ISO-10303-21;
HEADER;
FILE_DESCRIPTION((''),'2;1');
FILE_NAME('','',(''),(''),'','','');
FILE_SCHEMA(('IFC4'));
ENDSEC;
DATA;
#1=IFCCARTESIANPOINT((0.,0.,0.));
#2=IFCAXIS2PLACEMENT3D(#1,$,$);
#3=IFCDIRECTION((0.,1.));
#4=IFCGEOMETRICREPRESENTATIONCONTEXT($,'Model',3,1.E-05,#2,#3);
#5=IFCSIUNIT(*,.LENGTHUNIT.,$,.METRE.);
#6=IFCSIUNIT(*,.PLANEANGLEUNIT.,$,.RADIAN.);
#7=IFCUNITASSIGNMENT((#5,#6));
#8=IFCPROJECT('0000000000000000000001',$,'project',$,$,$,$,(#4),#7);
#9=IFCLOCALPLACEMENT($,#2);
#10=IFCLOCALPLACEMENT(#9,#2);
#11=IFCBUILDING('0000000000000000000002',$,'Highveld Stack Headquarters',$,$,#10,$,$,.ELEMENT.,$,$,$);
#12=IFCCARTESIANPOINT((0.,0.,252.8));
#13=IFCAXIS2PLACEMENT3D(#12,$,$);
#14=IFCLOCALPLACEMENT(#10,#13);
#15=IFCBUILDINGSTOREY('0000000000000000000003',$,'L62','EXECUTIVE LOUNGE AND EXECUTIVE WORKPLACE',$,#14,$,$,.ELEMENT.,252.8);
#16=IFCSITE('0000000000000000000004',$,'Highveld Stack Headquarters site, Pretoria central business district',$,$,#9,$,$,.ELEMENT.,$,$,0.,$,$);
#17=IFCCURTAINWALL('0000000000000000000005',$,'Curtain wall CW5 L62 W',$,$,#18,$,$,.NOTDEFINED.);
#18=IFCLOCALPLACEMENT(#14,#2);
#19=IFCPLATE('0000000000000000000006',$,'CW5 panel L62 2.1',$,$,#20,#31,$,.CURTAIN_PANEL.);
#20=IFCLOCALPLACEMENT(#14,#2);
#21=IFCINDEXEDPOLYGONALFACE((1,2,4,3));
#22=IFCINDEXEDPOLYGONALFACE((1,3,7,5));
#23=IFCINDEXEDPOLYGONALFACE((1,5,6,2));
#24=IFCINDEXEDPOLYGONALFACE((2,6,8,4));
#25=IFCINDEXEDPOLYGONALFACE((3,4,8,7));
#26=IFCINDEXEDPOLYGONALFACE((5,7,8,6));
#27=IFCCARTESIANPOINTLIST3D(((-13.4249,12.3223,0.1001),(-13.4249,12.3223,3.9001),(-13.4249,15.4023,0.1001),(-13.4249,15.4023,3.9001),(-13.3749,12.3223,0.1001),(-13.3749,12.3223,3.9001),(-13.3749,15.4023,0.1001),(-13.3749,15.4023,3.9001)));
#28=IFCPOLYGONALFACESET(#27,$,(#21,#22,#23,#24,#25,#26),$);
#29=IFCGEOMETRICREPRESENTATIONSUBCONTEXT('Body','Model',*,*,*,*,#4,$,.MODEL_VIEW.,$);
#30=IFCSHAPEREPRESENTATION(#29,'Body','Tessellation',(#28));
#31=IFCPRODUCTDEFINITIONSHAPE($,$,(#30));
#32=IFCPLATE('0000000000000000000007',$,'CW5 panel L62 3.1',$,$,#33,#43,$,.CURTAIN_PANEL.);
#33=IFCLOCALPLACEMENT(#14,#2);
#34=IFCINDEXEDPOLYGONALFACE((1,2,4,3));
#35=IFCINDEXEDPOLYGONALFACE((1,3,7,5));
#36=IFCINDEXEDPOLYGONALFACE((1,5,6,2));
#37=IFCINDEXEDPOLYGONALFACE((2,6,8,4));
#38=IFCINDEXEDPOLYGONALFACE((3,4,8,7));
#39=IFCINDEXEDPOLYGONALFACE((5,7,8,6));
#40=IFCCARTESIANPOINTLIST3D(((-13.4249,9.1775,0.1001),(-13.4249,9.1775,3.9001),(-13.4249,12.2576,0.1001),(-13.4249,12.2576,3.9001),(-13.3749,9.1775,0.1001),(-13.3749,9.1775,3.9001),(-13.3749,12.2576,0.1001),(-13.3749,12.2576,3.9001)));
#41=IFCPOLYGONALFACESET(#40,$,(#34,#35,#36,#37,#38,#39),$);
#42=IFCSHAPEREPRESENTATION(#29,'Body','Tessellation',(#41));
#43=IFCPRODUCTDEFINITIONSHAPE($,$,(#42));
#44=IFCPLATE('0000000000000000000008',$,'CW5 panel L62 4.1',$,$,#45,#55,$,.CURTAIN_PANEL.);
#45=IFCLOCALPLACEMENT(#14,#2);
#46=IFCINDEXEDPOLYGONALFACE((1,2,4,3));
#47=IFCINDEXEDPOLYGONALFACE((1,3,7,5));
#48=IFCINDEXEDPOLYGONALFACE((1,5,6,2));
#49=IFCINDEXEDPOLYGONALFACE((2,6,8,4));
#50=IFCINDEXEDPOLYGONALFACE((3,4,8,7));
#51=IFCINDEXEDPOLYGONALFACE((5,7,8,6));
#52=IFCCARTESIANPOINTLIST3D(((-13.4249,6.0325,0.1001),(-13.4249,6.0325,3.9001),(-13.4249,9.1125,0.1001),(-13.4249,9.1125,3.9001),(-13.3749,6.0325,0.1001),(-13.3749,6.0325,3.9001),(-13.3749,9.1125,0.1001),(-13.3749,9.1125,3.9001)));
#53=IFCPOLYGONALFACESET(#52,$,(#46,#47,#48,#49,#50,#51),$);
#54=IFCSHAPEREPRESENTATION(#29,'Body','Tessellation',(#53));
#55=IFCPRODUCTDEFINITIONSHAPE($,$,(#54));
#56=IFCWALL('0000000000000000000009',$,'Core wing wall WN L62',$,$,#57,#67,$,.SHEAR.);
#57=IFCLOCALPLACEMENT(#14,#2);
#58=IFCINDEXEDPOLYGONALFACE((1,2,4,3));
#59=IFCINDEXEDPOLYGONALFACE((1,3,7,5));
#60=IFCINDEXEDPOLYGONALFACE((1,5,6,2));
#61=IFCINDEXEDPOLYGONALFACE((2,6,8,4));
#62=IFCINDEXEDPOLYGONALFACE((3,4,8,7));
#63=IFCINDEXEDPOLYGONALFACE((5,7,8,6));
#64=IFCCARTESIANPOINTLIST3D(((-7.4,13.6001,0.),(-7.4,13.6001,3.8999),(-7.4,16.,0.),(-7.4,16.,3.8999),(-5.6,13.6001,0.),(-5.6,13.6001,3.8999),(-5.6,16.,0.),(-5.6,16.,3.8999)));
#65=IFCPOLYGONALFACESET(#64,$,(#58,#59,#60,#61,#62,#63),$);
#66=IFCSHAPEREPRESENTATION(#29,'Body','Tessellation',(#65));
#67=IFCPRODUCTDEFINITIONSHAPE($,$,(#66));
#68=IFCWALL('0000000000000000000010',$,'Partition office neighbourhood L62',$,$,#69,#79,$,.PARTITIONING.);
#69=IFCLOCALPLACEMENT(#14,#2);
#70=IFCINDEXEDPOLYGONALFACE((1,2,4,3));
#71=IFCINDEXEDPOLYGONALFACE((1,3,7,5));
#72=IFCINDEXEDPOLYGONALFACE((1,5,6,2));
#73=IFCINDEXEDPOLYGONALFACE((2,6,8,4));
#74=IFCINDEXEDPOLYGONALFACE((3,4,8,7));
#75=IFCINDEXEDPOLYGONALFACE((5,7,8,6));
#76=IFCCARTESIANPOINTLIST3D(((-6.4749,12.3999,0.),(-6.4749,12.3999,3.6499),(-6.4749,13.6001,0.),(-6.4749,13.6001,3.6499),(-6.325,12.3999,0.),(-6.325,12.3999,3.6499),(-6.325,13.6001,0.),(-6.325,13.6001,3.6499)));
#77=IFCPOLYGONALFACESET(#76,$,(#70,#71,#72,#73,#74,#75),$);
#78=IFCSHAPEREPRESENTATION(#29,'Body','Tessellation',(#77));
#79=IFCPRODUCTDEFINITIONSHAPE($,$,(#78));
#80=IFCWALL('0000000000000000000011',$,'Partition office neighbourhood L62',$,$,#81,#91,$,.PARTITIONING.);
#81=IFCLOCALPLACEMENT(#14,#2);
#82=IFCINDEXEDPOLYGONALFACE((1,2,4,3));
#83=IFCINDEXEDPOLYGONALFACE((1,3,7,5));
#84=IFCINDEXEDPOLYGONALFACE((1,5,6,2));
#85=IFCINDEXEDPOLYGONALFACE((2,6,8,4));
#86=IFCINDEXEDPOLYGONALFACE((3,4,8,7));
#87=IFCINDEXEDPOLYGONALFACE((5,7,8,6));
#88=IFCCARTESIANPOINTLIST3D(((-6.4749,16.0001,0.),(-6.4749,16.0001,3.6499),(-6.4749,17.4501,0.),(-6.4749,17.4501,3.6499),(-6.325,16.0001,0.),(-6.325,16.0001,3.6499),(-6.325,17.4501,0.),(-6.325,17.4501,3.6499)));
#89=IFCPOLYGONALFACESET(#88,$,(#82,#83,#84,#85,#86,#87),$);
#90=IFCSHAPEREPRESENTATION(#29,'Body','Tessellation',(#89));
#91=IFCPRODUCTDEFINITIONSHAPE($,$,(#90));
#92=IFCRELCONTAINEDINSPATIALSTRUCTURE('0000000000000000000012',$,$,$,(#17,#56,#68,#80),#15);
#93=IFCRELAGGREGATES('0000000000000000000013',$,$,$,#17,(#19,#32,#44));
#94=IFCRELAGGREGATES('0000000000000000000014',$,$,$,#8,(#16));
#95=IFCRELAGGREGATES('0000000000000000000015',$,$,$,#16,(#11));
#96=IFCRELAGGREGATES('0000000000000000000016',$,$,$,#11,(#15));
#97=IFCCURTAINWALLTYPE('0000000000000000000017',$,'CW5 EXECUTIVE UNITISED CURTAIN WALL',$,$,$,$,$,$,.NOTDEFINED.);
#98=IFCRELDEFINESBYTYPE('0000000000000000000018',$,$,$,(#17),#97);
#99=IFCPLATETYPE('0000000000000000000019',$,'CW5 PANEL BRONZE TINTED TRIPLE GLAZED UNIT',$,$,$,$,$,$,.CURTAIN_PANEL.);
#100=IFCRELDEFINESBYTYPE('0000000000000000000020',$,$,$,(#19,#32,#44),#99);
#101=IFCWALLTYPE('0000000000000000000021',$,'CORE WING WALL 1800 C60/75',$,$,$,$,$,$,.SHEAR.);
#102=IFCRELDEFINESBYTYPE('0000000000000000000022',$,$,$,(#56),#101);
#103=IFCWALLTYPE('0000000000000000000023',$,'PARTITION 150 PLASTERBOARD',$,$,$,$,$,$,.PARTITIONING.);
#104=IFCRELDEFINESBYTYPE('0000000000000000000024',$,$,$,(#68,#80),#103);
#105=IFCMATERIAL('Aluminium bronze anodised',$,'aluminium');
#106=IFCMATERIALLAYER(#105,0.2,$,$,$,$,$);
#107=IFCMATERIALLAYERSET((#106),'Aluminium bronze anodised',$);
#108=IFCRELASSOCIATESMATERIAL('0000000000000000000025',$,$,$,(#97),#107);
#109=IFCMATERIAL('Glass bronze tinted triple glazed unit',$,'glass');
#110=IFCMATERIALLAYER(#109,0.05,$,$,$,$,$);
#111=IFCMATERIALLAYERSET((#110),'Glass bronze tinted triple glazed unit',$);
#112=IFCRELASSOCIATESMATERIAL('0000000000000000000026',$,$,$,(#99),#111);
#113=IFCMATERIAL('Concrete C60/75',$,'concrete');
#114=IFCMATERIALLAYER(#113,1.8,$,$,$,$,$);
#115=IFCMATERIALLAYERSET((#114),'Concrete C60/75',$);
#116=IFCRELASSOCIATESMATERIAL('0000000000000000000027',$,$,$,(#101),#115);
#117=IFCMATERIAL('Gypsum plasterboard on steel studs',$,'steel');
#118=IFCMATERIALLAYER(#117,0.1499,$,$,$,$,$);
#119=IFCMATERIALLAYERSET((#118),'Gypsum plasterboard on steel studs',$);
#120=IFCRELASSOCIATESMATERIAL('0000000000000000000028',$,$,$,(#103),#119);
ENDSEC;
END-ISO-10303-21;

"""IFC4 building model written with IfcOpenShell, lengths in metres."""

from ifc_helpers import new_model, si_unit, direction, frame, frame_2d, origin, origin_2d, place, context, subcontext, project, spatial, rectangle, extrude, material, layer, layer_set, type_object, element, aggregate, save


model = new_model("IFC4")

# Units and contexts
model_context = context("Model", 3, precision=1e-05, world=origin(), true_north=direction((0.0, 1.0)))
body_context = subcontext(model_context, "Body", "Model", "MODEL_VIEW")
ifc_project = project(units=[si_unit("LENGTHUNIT", "METRE"), si_unit("PLANEANGLEUNIT", "RADIAN")], contexts=[model_context])

# Site, building, storey
site_placement = place(None, origin())
site = spatial("IfcSite", under=ifc_project, at=site_placement, Name="Highveld Stack Headquarters site, Pretoria central business district", CompositionType="ELEMENT", RefElevation=0.0)
building_placement = place(site_placement, origin())
building = spatial("IfcBuilding", under=site, at=building_placement, Name="Highveld Stack Headquarters", CompositionType="ELEMENT")
storey_placement = place(building_placement, frame((0.0, 0.0, 252.8)))
storey = spatial("IfcBuildingStorey", under=building, at=storey_placement, Name="L62", Description="EXECUTIVE LOUNGE AND EXECUTIVE WORKPLACE", CompositionType="ELEMENT", Elevation=252.8)

# Curtain wall, plates
ifc_material_1 = material(Name="Aluminium bronze anodised", Category="aluminium")
ifc_layer_1 = layer(ifc_material_1, 0.2)
ifc_layer_set_1 = layer_set([ifc_layer_1], Name="Aluminium bronze anodised")
curtain_wall_type = type_object("IfcCurtainWallType", Name="CW5 EXECUTIVE UNITISED CURTAIN WALL", PredefinedType="NOTDEFINED", material=ifc_layer_set_1)
curtain_wall_placement = place(storey_placement, origin())
curtain_wall = element("IfcCurtainWall", 1, at=curtain_wall_placement, inside=storey, type_object=curtain_wall_type, Name="Curtain wall CW5 L62 W", PredefinedType="NOTDEFINED")
ifc_material_2 = material(Name="Glass bronze tinted triple glazed unit", Category="glass")
ifc_layer_2 = layer(ifc_material_2, 0.05)
ifc_layer_set_2 = layer_set([ifc_layer_2], Name="Glass bronze tinted triple glazed unit")
plate_type = type_object("IfcPlateType", Name="CW5 PANEL BRONZE TINTED TRIPLE GLAZED UNIT", PredefinedType="CURTAIN_PANEL", material=ifc_layer_set_2)
plate_1_placement = place(storey_placement, frame((-13.3999, 13.8623, 0.1001), z_axis=(0.0, 0.0, 1.0), x_axis=(0.0, -1.0, 0.0)))
plate_1 = element("IfcPlate", 2, at=plate_1_placement, type_object=plate_type, Name="CW5 panel L62 2.1", PredefinedType="CURTAIN_PANEL", context=body_context, shape_type="SweptSolid", body=[
    extrude(rectangle(XDim=3.0801, YDim=0.05, at=origin_2d()), origin(), (0.0, 0.0, 1.0), 3.8),
])
plate_2_placement = place(storey_placement, frame((-13.3999, 10.7175, 0.1001), z_axis=(0.0, 0.0, 1.0), x_axis=(0.0, -1.0, 0.0)))
plate_2 = element("IfcPlate", 3, at=plate_2_placement, type_object=plate_type, Name="CW5 panel L62 3.1", PredefinedType="CURTAIN_PANEL", context=body_context, shape_type="SweptSolid", body=[
    extrude(rectangle(XDim=3.0801, YDim=0.05, at=origin_2d()), origin(), (0.0, 0.0, 1.0), 3.8),
])
plate_3_placement = place(storey_placement, frame((-13.3999, 7.5725, 0.1001), z_axis=(0.0, 0.0, 1.0), x_axis=(0.0, -1.0, 0.0)))
plate_3 = element("IfcPlate", 4, at=plate_3_placement, type_object=plate_type, Name="CW5 panel L62 4.1", PredefinedType="CURTAIN_PANEL", context=body_context, shape_type="SweptSolid", body=[
    extrude(rectangle(XDim=3.0801, YDim=0.05, at=origin_2d()), origin(), (0.0, 0.0, 1.0), 3.8),
])
aggregate(curtain_wall, [plate_1, plate_2, plate_3])

# Walls
ifc_material_3 = material(Name="Concrete C60/75", Category="concrete")
ifc_layer_3 = layer(ifc_material_3, 1.8)
ifc_layer_set_3 = layer_set([ifc_layer_3], Name="Concrete C60/75")
wall_type_1 = type_object("IfcWallType", Name="CORE WING WALL 1800 C60/75", PredefinedType="SHEAR", material=ifc_layer_set_3)
wall_1_placement = place(storey_placement, frame((-6.5, 13.6001, 0.0), z_axis=(0.0, 0.0, 1.0), x_axis=(0.0, 1.0, 0.0)))
element("IfcWall", 5, at=wall_1_placement, inside=storey, type_object=wall_type_1, Name="Core wing wall WN L62", PredefinedType="SHEAR", context=body_context, shape_type="SweptSolid", body=[
    extrude(rectangle(XDim=2.3999, YDim=1.8, at=frame_2d((1.2, 0.0))), origin(), (0.0, 0.0, 1.0), 3.8999),
])
ifc_material_4 = material(Name="Gypsum plasterboard on steel studs", Category="steel")
ifc_layer_4 = layer(ifc_material_4, 0.1499)
ifc_layer_set_4 = layer_set([ifc_layer_4], Name="Gypsum plasterboard on steel studs")
wall_type_2 = type_object("IfcWallType", Name="PARTITION 150 PLASTERBOARD", PredefinedType="PARTITIONING", material=ifc_layer_set_4)
wall_2_placement = place(storey_placement, frame((-6.3999, 12.3999, 0.0), z_axis=(0.0, 0.0, 1.0), x_axis=(0.0, 1.0, 0.0)))
element("IfcWall", 6, at=wall_2_placement, inside=storey, type_object=wall_type_2, Name="Partition office neighbourhood L62", PredefinedType="PARTITIONING", context=body_context, shape_type="SweptSolid", body=[
    extrude(rectangle(XDim=1.2002, YDim=0.1499, at=frame_2d((0.6001, 0.0))), origin(), (0.0, 0.0, 1.0), 3.6499),
])
wall_3_placement = place(storey_placement, frame((-6.3999, 16.0, 0.0), z_axis=(0.0, 0.0, 1.0), x_axis=(0.0, 1.0, 0.0)))
element("IfcWall", 7, at=wall_3_placement, inside=storey, type_object=wall_type_2, Name="Partition office neighbourhood L62", PredefinedType="PARTITIONING", context=body_context, shape_type="SweptSolid", body=[
    extrude(rectangle(XDim=1.45, YDim=0.1499, at=frame_2d((0.7251, 0.0))), origin(), (0.0, 0.0, 1.0), 3.6499),
])

save(model, "model.ifc")
